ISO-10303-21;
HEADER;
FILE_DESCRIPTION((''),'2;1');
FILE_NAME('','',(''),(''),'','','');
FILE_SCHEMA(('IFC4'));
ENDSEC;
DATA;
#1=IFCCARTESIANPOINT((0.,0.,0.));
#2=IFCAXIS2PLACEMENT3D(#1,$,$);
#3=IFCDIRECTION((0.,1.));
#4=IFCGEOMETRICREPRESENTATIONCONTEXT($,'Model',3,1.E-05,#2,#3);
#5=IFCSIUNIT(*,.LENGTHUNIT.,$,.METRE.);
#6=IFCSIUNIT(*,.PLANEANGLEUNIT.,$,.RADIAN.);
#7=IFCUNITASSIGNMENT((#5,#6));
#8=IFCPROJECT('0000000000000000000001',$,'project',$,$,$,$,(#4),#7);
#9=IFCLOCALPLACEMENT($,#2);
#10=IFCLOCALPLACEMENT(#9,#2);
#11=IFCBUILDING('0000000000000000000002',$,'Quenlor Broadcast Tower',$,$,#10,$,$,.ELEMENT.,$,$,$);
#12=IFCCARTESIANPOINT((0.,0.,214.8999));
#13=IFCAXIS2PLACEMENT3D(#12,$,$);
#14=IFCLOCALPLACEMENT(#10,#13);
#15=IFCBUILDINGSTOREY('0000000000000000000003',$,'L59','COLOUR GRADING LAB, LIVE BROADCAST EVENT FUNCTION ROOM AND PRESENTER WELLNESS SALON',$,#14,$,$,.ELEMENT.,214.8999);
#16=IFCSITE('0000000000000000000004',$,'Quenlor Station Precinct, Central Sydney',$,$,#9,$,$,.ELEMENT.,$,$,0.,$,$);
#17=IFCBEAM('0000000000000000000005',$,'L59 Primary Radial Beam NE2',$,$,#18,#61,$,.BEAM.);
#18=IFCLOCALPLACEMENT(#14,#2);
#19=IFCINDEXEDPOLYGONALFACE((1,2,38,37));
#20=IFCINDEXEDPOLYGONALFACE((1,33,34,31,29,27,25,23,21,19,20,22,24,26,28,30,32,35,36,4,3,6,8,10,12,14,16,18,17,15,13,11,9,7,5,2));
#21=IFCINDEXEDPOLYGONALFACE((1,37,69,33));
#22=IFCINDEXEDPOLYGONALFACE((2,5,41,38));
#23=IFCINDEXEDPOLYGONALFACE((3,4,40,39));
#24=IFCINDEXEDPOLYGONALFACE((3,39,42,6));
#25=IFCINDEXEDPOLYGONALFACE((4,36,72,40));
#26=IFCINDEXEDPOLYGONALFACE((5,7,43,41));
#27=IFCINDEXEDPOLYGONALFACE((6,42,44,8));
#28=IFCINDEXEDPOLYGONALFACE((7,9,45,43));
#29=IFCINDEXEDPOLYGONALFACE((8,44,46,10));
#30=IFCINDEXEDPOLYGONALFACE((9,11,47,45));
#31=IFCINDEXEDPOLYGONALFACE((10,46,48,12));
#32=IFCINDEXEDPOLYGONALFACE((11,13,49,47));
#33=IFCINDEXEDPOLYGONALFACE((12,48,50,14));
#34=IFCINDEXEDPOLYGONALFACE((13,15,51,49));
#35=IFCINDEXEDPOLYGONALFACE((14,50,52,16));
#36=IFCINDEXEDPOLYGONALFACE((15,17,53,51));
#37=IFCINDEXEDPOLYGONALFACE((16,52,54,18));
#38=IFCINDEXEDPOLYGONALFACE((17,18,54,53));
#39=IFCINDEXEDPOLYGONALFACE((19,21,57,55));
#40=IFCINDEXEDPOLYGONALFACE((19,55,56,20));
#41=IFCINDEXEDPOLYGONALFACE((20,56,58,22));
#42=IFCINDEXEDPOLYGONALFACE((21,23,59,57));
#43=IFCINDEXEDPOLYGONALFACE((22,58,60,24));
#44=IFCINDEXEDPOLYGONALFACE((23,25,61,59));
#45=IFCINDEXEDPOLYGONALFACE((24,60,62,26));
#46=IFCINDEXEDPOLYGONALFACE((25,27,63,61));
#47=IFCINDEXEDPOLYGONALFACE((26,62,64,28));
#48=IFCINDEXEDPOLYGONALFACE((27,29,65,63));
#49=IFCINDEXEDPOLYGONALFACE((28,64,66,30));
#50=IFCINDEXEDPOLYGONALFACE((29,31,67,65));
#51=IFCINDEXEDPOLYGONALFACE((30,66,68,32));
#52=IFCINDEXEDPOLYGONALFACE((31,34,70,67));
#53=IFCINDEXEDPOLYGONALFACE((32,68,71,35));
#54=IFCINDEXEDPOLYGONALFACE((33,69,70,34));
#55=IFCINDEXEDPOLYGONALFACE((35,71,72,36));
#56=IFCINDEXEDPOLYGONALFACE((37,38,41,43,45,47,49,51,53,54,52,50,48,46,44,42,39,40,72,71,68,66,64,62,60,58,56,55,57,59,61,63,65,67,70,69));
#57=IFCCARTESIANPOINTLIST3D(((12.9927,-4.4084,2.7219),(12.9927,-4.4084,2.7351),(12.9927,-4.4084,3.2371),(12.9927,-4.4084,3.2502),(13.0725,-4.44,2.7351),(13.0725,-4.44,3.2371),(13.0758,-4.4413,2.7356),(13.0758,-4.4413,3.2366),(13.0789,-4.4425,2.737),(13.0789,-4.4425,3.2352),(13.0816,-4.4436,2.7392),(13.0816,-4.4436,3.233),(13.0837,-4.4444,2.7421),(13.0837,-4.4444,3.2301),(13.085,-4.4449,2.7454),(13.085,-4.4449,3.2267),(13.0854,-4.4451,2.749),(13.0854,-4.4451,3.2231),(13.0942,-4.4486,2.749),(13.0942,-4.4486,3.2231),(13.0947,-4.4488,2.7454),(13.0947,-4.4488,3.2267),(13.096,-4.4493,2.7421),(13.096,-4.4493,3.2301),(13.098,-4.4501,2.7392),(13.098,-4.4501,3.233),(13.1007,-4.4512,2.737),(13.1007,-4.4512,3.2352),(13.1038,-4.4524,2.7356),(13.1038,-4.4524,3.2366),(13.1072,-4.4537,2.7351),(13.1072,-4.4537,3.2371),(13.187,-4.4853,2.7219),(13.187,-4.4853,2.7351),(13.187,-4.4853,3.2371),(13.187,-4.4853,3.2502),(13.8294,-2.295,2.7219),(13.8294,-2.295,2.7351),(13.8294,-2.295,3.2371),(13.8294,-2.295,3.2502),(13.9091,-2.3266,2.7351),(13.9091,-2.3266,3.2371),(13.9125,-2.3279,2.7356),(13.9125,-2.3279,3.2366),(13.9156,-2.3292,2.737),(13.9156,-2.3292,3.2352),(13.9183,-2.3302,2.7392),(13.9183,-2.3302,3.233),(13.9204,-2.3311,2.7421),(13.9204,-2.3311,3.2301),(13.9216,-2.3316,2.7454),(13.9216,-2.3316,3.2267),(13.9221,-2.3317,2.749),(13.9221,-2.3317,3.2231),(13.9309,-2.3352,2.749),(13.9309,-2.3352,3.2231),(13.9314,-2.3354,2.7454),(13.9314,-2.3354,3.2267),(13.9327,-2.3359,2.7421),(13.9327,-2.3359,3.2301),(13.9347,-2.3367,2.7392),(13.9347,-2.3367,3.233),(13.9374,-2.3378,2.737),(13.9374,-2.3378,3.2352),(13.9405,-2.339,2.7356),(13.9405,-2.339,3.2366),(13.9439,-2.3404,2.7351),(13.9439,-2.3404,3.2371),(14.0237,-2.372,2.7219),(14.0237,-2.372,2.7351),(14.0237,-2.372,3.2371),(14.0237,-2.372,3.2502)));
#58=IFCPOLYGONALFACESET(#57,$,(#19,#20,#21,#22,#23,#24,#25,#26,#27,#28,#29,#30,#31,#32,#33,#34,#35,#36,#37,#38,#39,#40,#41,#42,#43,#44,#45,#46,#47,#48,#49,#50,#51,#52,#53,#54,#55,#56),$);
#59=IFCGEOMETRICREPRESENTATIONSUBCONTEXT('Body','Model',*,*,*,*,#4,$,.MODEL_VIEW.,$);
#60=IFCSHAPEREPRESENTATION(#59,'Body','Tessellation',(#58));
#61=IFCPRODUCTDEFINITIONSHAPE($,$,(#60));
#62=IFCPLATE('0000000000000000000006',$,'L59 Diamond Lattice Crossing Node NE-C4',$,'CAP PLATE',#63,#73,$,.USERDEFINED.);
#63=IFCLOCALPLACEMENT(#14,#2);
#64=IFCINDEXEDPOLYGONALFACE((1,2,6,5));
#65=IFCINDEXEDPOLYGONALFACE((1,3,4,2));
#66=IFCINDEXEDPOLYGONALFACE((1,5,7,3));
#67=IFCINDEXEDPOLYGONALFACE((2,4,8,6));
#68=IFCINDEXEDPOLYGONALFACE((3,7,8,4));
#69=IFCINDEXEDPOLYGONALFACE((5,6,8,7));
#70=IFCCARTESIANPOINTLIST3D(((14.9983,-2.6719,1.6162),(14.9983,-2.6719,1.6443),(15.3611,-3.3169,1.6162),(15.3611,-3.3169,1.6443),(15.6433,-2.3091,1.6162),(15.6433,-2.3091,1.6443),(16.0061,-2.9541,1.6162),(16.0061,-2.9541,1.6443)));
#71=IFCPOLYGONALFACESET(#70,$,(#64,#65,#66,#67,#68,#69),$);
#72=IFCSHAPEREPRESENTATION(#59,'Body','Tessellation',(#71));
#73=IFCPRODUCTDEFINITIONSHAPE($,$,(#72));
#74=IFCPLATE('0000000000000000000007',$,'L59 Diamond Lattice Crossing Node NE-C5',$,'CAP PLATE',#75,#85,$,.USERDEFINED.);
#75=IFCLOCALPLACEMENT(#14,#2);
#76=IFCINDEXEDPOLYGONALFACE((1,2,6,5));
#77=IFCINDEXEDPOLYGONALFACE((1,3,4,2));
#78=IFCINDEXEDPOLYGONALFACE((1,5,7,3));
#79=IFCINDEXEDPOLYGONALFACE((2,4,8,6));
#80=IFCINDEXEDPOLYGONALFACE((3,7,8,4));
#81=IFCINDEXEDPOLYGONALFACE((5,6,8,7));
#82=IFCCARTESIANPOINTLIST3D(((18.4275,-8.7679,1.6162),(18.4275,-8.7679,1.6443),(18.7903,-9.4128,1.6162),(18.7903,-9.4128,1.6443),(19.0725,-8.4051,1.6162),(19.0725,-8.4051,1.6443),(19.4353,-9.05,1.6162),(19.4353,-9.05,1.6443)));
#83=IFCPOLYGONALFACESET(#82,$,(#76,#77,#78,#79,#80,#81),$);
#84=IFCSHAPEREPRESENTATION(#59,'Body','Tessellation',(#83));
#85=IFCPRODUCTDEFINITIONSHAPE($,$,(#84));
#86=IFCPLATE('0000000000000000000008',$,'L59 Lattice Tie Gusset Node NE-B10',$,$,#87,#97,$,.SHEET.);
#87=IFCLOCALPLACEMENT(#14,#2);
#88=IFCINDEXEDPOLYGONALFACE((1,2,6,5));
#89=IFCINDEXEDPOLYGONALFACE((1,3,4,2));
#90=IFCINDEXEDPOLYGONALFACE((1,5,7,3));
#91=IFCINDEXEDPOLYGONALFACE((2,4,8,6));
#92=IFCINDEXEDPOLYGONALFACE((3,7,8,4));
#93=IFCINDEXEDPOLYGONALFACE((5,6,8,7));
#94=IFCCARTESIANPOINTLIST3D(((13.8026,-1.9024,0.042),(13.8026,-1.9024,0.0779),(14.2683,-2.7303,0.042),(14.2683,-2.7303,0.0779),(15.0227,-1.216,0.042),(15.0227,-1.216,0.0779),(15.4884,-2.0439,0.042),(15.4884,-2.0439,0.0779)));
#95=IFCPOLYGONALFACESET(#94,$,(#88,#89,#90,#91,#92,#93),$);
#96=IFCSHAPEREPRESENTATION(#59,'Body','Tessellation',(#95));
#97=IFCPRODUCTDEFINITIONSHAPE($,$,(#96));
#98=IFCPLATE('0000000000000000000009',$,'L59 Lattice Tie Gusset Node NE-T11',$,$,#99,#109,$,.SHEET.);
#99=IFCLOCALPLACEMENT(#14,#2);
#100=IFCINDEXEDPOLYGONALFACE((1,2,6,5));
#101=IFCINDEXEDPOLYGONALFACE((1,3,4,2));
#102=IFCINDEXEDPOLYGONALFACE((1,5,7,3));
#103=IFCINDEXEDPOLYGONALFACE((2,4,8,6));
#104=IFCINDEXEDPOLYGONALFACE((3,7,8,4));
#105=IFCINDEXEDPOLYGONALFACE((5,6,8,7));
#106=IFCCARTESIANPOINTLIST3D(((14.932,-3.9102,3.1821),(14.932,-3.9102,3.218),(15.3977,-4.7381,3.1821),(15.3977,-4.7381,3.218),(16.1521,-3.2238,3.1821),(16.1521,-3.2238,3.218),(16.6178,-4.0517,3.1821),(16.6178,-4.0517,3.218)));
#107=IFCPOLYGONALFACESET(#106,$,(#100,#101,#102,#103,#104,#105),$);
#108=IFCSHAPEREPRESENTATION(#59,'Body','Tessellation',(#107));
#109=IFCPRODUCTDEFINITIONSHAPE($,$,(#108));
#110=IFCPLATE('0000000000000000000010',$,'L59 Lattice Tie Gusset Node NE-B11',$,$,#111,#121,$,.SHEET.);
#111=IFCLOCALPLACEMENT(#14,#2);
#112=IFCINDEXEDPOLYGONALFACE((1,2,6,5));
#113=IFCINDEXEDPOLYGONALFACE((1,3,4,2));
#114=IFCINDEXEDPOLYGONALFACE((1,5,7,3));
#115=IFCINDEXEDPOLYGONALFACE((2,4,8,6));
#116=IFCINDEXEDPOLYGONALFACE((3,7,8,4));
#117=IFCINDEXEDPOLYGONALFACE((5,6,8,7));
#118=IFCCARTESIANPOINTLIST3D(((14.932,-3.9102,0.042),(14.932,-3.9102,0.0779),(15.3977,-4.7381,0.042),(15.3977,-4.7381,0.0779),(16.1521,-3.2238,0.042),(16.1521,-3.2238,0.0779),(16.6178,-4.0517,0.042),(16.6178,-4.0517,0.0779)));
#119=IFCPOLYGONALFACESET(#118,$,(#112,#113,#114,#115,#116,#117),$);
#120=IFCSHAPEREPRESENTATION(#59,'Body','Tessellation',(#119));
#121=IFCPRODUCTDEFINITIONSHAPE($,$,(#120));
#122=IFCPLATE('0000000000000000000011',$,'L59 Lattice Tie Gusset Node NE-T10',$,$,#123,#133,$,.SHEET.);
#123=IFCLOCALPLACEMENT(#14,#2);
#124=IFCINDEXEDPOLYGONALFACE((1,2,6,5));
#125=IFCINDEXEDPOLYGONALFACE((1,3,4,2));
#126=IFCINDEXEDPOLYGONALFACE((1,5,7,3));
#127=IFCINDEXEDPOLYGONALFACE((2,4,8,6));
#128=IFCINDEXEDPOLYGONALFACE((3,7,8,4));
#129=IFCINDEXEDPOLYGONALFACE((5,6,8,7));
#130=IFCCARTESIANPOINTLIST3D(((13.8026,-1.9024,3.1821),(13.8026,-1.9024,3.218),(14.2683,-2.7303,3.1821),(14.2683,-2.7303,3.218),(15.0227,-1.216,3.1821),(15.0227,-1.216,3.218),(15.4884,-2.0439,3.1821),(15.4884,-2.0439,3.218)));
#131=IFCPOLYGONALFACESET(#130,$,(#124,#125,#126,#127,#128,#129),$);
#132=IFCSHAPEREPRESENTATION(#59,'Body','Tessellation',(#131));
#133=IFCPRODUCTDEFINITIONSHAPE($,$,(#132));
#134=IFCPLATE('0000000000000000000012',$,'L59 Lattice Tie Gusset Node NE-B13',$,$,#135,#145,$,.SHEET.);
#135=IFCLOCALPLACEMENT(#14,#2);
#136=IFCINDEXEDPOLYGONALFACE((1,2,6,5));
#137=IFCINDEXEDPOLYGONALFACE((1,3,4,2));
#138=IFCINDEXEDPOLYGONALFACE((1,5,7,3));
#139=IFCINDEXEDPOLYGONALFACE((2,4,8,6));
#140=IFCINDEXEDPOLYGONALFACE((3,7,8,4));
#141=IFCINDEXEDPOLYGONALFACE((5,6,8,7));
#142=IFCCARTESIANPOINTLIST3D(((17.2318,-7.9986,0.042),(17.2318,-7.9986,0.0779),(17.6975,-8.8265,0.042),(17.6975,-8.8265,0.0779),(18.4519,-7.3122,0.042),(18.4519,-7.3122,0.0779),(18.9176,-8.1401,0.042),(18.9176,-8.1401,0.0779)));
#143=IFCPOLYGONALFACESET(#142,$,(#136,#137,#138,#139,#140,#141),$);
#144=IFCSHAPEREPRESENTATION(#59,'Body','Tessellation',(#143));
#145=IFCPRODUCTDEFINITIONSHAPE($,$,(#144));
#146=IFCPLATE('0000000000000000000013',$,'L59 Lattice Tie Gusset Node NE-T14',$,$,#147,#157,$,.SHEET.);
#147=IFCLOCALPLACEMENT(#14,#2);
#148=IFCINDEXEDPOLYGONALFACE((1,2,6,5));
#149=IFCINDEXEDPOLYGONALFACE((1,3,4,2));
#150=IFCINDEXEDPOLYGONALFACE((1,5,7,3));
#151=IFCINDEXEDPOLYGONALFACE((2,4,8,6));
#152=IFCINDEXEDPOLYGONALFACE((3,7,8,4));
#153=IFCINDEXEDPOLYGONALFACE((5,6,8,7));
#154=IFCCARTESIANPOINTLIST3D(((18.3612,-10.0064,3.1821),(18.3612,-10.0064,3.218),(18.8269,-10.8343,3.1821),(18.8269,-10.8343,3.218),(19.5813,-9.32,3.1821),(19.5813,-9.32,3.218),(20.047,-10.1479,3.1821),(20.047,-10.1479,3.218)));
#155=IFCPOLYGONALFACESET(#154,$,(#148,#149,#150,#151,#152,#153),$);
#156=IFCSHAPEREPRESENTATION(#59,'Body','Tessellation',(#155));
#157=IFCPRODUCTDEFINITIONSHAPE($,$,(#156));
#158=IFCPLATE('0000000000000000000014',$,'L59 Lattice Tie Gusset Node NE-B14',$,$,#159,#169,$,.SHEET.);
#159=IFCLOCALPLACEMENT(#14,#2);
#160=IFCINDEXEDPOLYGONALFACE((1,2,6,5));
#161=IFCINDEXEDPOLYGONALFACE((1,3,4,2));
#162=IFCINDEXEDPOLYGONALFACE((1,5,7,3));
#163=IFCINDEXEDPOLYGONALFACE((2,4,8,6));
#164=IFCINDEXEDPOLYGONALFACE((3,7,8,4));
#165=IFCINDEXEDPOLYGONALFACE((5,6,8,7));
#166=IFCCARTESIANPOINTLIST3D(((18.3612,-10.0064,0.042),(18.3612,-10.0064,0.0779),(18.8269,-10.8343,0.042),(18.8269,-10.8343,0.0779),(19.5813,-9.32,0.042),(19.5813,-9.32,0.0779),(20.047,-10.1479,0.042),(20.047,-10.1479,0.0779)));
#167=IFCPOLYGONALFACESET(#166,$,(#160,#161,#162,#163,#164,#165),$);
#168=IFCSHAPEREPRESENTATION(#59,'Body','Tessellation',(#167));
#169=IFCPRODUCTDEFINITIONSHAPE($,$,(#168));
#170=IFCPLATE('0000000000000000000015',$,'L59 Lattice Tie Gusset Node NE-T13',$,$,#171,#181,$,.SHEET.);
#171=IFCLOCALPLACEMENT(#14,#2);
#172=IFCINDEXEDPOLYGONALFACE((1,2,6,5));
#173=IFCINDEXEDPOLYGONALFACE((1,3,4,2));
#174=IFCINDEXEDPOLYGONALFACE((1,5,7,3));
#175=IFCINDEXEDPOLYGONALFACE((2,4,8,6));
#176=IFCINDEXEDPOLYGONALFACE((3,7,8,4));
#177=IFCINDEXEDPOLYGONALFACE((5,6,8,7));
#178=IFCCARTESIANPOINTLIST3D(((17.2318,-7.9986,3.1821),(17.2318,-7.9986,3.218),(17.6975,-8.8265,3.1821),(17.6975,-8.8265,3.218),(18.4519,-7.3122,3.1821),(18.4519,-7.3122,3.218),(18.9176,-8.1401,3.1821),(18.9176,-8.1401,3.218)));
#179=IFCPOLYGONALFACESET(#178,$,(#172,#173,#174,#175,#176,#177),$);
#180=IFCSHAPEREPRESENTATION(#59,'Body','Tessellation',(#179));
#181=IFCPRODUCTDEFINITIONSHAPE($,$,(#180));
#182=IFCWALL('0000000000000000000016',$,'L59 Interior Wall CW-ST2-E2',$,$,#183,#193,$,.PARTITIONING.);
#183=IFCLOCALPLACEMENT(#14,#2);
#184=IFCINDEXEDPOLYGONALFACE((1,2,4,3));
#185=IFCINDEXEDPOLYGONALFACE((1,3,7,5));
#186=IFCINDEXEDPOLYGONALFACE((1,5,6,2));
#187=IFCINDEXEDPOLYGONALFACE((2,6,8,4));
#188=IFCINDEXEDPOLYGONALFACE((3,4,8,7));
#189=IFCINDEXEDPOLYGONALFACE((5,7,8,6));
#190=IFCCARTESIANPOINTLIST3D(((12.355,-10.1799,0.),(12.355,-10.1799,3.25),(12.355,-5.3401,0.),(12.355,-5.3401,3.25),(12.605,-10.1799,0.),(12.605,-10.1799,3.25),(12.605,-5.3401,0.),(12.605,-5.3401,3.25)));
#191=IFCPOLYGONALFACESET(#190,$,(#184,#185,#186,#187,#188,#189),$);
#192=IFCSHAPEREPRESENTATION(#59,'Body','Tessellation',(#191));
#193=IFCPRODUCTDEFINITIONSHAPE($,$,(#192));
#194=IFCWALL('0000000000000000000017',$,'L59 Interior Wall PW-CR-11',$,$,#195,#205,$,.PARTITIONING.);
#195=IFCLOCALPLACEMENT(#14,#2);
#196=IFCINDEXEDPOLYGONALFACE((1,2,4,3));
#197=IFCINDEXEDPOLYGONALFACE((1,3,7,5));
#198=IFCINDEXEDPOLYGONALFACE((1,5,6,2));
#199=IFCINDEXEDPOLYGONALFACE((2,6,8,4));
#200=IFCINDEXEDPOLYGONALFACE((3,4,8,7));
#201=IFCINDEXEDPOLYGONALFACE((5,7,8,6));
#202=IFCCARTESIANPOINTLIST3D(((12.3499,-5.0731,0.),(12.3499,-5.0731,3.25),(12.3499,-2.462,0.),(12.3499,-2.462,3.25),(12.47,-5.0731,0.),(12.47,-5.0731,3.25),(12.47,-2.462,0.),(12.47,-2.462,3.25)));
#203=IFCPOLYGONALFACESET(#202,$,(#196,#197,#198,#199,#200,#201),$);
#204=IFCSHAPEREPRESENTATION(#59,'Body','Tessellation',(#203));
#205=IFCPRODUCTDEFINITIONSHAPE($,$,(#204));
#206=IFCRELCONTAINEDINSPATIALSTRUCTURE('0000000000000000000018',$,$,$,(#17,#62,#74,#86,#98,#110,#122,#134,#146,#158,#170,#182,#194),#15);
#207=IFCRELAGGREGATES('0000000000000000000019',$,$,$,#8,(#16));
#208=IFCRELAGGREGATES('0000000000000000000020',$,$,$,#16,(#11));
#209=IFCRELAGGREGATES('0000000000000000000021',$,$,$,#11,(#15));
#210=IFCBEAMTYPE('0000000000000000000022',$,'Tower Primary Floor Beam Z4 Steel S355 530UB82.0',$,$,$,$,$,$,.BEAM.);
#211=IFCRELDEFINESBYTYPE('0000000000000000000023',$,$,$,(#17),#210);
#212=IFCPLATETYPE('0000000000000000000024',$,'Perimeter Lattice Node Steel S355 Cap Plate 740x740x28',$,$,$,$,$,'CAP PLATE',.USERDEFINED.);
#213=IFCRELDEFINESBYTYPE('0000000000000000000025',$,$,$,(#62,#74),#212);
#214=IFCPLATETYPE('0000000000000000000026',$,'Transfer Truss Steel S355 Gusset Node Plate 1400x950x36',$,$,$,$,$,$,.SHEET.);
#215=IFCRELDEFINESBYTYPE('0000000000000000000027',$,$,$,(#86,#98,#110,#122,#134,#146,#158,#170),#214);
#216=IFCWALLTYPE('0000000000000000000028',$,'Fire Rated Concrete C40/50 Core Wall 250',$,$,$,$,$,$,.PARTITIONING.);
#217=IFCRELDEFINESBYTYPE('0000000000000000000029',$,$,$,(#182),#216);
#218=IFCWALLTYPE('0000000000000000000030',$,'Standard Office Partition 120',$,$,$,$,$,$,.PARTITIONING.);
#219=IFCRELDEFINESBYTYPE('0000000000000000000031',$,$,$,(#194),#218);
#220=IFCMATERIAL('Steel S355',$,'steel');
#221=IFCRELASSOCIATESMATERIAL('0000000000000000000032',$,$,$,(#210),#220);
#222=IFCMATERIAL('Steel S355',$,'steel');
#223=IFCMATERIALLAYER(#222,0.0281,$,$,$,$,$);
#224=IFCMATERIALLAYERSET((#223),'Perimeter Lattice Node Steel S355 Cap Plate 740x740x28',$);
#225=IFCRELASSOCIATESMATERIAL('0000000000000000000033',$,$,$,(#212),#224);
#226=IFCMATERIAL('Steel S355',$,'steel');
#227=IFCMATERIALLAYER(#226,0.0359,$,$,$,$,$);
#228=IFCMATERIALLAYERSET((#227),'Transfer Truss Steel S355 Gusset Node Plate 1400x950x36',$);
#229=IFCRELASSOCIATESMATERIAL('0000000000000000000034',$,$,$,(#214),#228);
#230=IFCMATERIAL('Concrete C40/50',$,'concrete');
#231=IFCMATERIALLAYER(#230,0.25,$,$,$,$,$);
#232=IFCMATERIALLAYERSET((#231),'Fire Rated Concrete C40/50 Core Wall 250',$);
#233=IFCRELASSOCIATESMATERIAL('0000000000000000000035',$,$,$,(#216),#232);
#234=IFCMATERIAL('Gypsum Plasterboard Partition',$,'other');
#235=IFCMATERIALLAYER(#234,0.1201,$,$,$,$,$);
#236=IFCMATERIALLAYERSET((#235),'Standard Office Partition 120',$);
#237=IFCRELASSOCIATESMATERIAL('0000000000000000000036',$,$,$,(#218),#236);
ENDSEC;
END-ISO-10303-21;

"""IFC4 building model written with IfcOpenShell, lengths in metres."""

from ifc_helpers import new_model, si_unit, direction, frame, frame_2d, origin, origin_2d, place, context, subcontext, project, spatial, rectangle, i_section, extrude, material, layer, layer_set, material_profile, profile_set, type_object, element, save


model = new_model("IFC4")

# Units and contexts
model_context = context("Model", 3, precision=1e-05, world=origin(), true_north=direction((0.0, 1.0)))
body_context = subcontext(model_context, "Body", "Model", "MODEL_VIEW")
ifc_project = project(units=[si_unit("LENGTHUNIT", "METRE"), si_unit("PLANEANGLEUNIT", "RADIAN")], contexts=[model_context])

# Site, building, storey
site_placement = place(None, origin())
site = spatial("IfcSite", under=ifc_project, at=site_placement, Name="Quenlor Station Precinct, Central Sydney", CompositionType="ELEMENT", RefElevation=0.0)
building_placement = place(site_placement, origin())
building = spatial("IfcBuilding", under=site, at=building_placement, Name="Quenlor Broadcast Tower", CompositionType="ELEMENT")
storey_placement = place(building_placement, frame((0.0, 0.0, 214.8999)))
storey = spatial("IfcBuildingStorey", under=building, at=storey_placement, Name="L59", Description="COLOUR GRADING LAB, LIVE BROADCAST EVENT FUNCTION ROOM AND PRESENTER WELLNESS SALON", CompositionType="ELEMENT", Elevation=214.8999)

# Beam
ifc_material_1 = material(Name="Steel S355", Category="steel")
ifc_material_profile_1 = material_profile(ifc_material_1, i_section(OverallWidth=0.209, OverallDepth=0.5283, WebThickness=0.0095, FlangeThickness=0.0132, FilletRadius=0.0139, at=origin_2d()))
ifc_profile_set_1 = profile_set([ifc_material_profile_1], Name="Steel S355 530UB82.0")
beam_type_1 = type_object("IfcBeamType", Name="Tower Primary Floor Beam Z4 Steel S355 530UB82.0", PredefinedType="BEAM", material=ifc_profile_set_1)
beam_1_placement = place(storey_placement, frame((13.9265, -2.3335, 2.9861), z_axis=(-0.36811, -0.929782, 0.0), x_axis=(0.929782, -0.36811, 0.0)))
element("IfcBeam", 1, at=beam_1_placement, inside=storey, type_object=beam_type_1, Name="L59 Primary Radial Beam NE2", PredefinedType="BEAM", context=body_context, shape_type="SweptSolid", body=[
    extrude(i_section(OverallWidth=0.209, OverallDepth=0.5283, WebThickness=0.0095, FlangeThickness=0.0132, FilletRadius=0.0139, at=origin_2d()), origin(), (0.0, 0.0, 1.0), 2.2729),
])

# Plates
ifc_material_2 = material(Name="Steel S355", Category="steel")
ifc_layer_1 = layer(ifc_material_2, 0.0281)
ifc_layer_set_1 = layer_set([ifc_layer_1], Name="Perimeter Lattice Node Steel S355 Cap Plate 740x740x28")
plate_type_1 = type_object("IfcPlateType", Name="Perimeter Lattice Node Steel S355 Cap Plate 740x740x28", ElementType="CAP PLATE", PredefinedType="USERDEFINED", material=ifc_layer_set_1)
for number, where, z_axis, x_axis, name in (
    (2, (15.5022, -2.813, 1.6162), (0.0, 0.0, 1.0), (0.490295, -0.871556, 0.0), "L59 Diamond Lattice Crossing Node NE-C4"),
    (3, (18.9314, -8.9089, 1.6162), (0.0, 0.0, 1.0), (0.490295, -0.871556, 0.0), "L59 Diamond Lattice Crossing Node NE-C5"),
):
    element("IfcPlate", number, at=place(storey_placement, frame(where, z_axis=z_axis, x_axis=x_axis)), inside=storey, type_object=plate_type_1, Name=name, ObjectType="CAP PLATE", PredefinedType="USERDEFINED", context=body_context, shape_type="SweptSolid", body=[
        extrude(rectangle(XDim=0.74, YDim=0.74, at=origin_2d()), origin(), (0.0, 0.0, 1.0), 0.0281),
    ])
ifc_material_3 = material(Name="Steel S355", Category="steel")
ifc_layer_2 = layer(ifc_material_3, 0.0359)
ifc_layer_set_2 = layer_set([ifc_layer_2], Name="Transfer Truss Steel S355 Gusset Node Plate 1400x950x36")
plate_type_2 = type_object("IfcPlateType", Name="Transfer Truss Steel S355 Gusset Node Plate 1400x950x36", PredefinedType="SHEET", material=ifc_layer_set_2)
for number, where, z_axis, x_axis, name in (
    (4, (14.6455, -1.9731, 0.042), (0.0, 0.0, 1.0), (0.871556, 0.490295, 0.0), "L59 Lattice Tie Gusset Node NE-B10"),
    (5, (15.7749, -3.981, 3.1821), (0.0, 0.0, 1.0), (0.871556, 0.490295, 0.0), "L59 Lattice Tie Gusset Node NE-T11"),
    (6, (15.7749, -3.981, 0.042), (0.0, 0.0, 1.0), (0.871556, 0.490295, 0.0), "L59 Lattice Tie Gusset Node NE-B11"),
    (7, (14.6455, -1.9731, 3.1821), (0.0, 0.0, 1.0), (0.871556, 0.490295, 0.0), "L59 Lattice Tie Gusset Node NE-T10"),
    (8, (18.0747, -8.0693, 0.042), (0.0, 0.0, 1.0), (0.871556, 0.490295, 0.0), "L59 Lattice Tie Gusset Node NE-B13"),
    (9, (19.2041, -10.0771, 3.1821), (0.0, 0.0, 1.0), (0.871556, 0.490295, 0.0), "L59 Lattice Tie Gusset Node NE-T14"),
    (10, (19.2041, -10.0771, 0.042), (0.0, 0.0, 1.0), (0.871556, 0.490295, 0.0), "L59 Lattice Tie Gusset Node NE-B14"),
    (11, (18.0747, -8.0693, 3.1821), (0.0, 0.0, 1.0), (0.871556, 0.490295, 0.0), "L59 Lattice Tie Gusset Node NE-T13"),
):
    element("IfcPlate", number, at=place(storey_placement, frame(where, z_axis=z_axis, x_axis=x_axis)), inside=storey, type_object=plate_type_2, Name=name, PredefinedType="SHEET", context=body_context, shape_type="SweptSolid", body=[
        extrude(rectangle(XDim=1.3999, YDim=0.95, at=origin_2d()), origin(), (0.0, 0.0, 1.0), 0.0359),
    ])

# Walls
ifc_material_4 = material(Name="Concrete C40/50", Category="concrete")
ifc_layer_3 = layer(ifc_material_4, 0.25)
ifc_layer_set_3 = layer_set([ifc_layer_3], Name="Fire Rated Concrete C40/50 Core Wall 250")
wall_type_1 = type_object("IfcWallType", Name="Fire Rated Concrete C40/50 Core Wall 250", PredefinedType="PARTITIONING", material=ifc_layer_set_3)
wall_1_placement = place(storey_placement, frame((12.48, -10.1799, 0.0), z_axis=(0.0, 0.0, 1.0), x_axis=(0.0, 1.0, 0.0)))
element("IfcWall", 12, at=wall_1_placement, inside=storey, type_object=wall_type_1, Name="L59 Interior Wall CW-ST2-E2", PredefinedType="PARTITIONING", context=body_context, shape_type="SweptSolid", body=[
    extrude(rectangle(XDim=4.8398, YDim=0.25, at=frame_2d((2.4199, 0.0))), origin(), (0.0, 0.0, 1.0), 3.25),
])
ifc_material_5 = material(Name="Gypsum Plasterboard Partition", Category="other")
ifc_layer_4 = layer(ifc_material_5, 0.1201)
ifc_layer_set_4 = layer_set([ifc_layer_4], Name="Standard Office Partition 120")
wall_type_2 = type_object("IfcWallType", Name="Standard Office Partition 120", PredefinedType="PARTITIONING", material=ifc_layer_set_4)
wall_2_placement = place(storey_placement, frame((12.4099, -2.4619, 0.0), z_axis=(0.0, 0.0, 1.0), x_axis=(0.0, -1.0, 0.0)))
element("IfcWall", 13, at=wall_2_placement, inside=storey, type_object=wall_type_2, Name="L59 Interior Wall PW-CR-11", PredefinedType="PARTITIONING", context=body_context, shape_type="SweptSolid", body=[
    extrude(rectangle(XDim=2.6111, YDim=0.1201, at=frame_2d((1.3057, 0.0))), origin(), (0.0, 0.0, 1.0), 3.25),
])

save(model, "model.ifc")
